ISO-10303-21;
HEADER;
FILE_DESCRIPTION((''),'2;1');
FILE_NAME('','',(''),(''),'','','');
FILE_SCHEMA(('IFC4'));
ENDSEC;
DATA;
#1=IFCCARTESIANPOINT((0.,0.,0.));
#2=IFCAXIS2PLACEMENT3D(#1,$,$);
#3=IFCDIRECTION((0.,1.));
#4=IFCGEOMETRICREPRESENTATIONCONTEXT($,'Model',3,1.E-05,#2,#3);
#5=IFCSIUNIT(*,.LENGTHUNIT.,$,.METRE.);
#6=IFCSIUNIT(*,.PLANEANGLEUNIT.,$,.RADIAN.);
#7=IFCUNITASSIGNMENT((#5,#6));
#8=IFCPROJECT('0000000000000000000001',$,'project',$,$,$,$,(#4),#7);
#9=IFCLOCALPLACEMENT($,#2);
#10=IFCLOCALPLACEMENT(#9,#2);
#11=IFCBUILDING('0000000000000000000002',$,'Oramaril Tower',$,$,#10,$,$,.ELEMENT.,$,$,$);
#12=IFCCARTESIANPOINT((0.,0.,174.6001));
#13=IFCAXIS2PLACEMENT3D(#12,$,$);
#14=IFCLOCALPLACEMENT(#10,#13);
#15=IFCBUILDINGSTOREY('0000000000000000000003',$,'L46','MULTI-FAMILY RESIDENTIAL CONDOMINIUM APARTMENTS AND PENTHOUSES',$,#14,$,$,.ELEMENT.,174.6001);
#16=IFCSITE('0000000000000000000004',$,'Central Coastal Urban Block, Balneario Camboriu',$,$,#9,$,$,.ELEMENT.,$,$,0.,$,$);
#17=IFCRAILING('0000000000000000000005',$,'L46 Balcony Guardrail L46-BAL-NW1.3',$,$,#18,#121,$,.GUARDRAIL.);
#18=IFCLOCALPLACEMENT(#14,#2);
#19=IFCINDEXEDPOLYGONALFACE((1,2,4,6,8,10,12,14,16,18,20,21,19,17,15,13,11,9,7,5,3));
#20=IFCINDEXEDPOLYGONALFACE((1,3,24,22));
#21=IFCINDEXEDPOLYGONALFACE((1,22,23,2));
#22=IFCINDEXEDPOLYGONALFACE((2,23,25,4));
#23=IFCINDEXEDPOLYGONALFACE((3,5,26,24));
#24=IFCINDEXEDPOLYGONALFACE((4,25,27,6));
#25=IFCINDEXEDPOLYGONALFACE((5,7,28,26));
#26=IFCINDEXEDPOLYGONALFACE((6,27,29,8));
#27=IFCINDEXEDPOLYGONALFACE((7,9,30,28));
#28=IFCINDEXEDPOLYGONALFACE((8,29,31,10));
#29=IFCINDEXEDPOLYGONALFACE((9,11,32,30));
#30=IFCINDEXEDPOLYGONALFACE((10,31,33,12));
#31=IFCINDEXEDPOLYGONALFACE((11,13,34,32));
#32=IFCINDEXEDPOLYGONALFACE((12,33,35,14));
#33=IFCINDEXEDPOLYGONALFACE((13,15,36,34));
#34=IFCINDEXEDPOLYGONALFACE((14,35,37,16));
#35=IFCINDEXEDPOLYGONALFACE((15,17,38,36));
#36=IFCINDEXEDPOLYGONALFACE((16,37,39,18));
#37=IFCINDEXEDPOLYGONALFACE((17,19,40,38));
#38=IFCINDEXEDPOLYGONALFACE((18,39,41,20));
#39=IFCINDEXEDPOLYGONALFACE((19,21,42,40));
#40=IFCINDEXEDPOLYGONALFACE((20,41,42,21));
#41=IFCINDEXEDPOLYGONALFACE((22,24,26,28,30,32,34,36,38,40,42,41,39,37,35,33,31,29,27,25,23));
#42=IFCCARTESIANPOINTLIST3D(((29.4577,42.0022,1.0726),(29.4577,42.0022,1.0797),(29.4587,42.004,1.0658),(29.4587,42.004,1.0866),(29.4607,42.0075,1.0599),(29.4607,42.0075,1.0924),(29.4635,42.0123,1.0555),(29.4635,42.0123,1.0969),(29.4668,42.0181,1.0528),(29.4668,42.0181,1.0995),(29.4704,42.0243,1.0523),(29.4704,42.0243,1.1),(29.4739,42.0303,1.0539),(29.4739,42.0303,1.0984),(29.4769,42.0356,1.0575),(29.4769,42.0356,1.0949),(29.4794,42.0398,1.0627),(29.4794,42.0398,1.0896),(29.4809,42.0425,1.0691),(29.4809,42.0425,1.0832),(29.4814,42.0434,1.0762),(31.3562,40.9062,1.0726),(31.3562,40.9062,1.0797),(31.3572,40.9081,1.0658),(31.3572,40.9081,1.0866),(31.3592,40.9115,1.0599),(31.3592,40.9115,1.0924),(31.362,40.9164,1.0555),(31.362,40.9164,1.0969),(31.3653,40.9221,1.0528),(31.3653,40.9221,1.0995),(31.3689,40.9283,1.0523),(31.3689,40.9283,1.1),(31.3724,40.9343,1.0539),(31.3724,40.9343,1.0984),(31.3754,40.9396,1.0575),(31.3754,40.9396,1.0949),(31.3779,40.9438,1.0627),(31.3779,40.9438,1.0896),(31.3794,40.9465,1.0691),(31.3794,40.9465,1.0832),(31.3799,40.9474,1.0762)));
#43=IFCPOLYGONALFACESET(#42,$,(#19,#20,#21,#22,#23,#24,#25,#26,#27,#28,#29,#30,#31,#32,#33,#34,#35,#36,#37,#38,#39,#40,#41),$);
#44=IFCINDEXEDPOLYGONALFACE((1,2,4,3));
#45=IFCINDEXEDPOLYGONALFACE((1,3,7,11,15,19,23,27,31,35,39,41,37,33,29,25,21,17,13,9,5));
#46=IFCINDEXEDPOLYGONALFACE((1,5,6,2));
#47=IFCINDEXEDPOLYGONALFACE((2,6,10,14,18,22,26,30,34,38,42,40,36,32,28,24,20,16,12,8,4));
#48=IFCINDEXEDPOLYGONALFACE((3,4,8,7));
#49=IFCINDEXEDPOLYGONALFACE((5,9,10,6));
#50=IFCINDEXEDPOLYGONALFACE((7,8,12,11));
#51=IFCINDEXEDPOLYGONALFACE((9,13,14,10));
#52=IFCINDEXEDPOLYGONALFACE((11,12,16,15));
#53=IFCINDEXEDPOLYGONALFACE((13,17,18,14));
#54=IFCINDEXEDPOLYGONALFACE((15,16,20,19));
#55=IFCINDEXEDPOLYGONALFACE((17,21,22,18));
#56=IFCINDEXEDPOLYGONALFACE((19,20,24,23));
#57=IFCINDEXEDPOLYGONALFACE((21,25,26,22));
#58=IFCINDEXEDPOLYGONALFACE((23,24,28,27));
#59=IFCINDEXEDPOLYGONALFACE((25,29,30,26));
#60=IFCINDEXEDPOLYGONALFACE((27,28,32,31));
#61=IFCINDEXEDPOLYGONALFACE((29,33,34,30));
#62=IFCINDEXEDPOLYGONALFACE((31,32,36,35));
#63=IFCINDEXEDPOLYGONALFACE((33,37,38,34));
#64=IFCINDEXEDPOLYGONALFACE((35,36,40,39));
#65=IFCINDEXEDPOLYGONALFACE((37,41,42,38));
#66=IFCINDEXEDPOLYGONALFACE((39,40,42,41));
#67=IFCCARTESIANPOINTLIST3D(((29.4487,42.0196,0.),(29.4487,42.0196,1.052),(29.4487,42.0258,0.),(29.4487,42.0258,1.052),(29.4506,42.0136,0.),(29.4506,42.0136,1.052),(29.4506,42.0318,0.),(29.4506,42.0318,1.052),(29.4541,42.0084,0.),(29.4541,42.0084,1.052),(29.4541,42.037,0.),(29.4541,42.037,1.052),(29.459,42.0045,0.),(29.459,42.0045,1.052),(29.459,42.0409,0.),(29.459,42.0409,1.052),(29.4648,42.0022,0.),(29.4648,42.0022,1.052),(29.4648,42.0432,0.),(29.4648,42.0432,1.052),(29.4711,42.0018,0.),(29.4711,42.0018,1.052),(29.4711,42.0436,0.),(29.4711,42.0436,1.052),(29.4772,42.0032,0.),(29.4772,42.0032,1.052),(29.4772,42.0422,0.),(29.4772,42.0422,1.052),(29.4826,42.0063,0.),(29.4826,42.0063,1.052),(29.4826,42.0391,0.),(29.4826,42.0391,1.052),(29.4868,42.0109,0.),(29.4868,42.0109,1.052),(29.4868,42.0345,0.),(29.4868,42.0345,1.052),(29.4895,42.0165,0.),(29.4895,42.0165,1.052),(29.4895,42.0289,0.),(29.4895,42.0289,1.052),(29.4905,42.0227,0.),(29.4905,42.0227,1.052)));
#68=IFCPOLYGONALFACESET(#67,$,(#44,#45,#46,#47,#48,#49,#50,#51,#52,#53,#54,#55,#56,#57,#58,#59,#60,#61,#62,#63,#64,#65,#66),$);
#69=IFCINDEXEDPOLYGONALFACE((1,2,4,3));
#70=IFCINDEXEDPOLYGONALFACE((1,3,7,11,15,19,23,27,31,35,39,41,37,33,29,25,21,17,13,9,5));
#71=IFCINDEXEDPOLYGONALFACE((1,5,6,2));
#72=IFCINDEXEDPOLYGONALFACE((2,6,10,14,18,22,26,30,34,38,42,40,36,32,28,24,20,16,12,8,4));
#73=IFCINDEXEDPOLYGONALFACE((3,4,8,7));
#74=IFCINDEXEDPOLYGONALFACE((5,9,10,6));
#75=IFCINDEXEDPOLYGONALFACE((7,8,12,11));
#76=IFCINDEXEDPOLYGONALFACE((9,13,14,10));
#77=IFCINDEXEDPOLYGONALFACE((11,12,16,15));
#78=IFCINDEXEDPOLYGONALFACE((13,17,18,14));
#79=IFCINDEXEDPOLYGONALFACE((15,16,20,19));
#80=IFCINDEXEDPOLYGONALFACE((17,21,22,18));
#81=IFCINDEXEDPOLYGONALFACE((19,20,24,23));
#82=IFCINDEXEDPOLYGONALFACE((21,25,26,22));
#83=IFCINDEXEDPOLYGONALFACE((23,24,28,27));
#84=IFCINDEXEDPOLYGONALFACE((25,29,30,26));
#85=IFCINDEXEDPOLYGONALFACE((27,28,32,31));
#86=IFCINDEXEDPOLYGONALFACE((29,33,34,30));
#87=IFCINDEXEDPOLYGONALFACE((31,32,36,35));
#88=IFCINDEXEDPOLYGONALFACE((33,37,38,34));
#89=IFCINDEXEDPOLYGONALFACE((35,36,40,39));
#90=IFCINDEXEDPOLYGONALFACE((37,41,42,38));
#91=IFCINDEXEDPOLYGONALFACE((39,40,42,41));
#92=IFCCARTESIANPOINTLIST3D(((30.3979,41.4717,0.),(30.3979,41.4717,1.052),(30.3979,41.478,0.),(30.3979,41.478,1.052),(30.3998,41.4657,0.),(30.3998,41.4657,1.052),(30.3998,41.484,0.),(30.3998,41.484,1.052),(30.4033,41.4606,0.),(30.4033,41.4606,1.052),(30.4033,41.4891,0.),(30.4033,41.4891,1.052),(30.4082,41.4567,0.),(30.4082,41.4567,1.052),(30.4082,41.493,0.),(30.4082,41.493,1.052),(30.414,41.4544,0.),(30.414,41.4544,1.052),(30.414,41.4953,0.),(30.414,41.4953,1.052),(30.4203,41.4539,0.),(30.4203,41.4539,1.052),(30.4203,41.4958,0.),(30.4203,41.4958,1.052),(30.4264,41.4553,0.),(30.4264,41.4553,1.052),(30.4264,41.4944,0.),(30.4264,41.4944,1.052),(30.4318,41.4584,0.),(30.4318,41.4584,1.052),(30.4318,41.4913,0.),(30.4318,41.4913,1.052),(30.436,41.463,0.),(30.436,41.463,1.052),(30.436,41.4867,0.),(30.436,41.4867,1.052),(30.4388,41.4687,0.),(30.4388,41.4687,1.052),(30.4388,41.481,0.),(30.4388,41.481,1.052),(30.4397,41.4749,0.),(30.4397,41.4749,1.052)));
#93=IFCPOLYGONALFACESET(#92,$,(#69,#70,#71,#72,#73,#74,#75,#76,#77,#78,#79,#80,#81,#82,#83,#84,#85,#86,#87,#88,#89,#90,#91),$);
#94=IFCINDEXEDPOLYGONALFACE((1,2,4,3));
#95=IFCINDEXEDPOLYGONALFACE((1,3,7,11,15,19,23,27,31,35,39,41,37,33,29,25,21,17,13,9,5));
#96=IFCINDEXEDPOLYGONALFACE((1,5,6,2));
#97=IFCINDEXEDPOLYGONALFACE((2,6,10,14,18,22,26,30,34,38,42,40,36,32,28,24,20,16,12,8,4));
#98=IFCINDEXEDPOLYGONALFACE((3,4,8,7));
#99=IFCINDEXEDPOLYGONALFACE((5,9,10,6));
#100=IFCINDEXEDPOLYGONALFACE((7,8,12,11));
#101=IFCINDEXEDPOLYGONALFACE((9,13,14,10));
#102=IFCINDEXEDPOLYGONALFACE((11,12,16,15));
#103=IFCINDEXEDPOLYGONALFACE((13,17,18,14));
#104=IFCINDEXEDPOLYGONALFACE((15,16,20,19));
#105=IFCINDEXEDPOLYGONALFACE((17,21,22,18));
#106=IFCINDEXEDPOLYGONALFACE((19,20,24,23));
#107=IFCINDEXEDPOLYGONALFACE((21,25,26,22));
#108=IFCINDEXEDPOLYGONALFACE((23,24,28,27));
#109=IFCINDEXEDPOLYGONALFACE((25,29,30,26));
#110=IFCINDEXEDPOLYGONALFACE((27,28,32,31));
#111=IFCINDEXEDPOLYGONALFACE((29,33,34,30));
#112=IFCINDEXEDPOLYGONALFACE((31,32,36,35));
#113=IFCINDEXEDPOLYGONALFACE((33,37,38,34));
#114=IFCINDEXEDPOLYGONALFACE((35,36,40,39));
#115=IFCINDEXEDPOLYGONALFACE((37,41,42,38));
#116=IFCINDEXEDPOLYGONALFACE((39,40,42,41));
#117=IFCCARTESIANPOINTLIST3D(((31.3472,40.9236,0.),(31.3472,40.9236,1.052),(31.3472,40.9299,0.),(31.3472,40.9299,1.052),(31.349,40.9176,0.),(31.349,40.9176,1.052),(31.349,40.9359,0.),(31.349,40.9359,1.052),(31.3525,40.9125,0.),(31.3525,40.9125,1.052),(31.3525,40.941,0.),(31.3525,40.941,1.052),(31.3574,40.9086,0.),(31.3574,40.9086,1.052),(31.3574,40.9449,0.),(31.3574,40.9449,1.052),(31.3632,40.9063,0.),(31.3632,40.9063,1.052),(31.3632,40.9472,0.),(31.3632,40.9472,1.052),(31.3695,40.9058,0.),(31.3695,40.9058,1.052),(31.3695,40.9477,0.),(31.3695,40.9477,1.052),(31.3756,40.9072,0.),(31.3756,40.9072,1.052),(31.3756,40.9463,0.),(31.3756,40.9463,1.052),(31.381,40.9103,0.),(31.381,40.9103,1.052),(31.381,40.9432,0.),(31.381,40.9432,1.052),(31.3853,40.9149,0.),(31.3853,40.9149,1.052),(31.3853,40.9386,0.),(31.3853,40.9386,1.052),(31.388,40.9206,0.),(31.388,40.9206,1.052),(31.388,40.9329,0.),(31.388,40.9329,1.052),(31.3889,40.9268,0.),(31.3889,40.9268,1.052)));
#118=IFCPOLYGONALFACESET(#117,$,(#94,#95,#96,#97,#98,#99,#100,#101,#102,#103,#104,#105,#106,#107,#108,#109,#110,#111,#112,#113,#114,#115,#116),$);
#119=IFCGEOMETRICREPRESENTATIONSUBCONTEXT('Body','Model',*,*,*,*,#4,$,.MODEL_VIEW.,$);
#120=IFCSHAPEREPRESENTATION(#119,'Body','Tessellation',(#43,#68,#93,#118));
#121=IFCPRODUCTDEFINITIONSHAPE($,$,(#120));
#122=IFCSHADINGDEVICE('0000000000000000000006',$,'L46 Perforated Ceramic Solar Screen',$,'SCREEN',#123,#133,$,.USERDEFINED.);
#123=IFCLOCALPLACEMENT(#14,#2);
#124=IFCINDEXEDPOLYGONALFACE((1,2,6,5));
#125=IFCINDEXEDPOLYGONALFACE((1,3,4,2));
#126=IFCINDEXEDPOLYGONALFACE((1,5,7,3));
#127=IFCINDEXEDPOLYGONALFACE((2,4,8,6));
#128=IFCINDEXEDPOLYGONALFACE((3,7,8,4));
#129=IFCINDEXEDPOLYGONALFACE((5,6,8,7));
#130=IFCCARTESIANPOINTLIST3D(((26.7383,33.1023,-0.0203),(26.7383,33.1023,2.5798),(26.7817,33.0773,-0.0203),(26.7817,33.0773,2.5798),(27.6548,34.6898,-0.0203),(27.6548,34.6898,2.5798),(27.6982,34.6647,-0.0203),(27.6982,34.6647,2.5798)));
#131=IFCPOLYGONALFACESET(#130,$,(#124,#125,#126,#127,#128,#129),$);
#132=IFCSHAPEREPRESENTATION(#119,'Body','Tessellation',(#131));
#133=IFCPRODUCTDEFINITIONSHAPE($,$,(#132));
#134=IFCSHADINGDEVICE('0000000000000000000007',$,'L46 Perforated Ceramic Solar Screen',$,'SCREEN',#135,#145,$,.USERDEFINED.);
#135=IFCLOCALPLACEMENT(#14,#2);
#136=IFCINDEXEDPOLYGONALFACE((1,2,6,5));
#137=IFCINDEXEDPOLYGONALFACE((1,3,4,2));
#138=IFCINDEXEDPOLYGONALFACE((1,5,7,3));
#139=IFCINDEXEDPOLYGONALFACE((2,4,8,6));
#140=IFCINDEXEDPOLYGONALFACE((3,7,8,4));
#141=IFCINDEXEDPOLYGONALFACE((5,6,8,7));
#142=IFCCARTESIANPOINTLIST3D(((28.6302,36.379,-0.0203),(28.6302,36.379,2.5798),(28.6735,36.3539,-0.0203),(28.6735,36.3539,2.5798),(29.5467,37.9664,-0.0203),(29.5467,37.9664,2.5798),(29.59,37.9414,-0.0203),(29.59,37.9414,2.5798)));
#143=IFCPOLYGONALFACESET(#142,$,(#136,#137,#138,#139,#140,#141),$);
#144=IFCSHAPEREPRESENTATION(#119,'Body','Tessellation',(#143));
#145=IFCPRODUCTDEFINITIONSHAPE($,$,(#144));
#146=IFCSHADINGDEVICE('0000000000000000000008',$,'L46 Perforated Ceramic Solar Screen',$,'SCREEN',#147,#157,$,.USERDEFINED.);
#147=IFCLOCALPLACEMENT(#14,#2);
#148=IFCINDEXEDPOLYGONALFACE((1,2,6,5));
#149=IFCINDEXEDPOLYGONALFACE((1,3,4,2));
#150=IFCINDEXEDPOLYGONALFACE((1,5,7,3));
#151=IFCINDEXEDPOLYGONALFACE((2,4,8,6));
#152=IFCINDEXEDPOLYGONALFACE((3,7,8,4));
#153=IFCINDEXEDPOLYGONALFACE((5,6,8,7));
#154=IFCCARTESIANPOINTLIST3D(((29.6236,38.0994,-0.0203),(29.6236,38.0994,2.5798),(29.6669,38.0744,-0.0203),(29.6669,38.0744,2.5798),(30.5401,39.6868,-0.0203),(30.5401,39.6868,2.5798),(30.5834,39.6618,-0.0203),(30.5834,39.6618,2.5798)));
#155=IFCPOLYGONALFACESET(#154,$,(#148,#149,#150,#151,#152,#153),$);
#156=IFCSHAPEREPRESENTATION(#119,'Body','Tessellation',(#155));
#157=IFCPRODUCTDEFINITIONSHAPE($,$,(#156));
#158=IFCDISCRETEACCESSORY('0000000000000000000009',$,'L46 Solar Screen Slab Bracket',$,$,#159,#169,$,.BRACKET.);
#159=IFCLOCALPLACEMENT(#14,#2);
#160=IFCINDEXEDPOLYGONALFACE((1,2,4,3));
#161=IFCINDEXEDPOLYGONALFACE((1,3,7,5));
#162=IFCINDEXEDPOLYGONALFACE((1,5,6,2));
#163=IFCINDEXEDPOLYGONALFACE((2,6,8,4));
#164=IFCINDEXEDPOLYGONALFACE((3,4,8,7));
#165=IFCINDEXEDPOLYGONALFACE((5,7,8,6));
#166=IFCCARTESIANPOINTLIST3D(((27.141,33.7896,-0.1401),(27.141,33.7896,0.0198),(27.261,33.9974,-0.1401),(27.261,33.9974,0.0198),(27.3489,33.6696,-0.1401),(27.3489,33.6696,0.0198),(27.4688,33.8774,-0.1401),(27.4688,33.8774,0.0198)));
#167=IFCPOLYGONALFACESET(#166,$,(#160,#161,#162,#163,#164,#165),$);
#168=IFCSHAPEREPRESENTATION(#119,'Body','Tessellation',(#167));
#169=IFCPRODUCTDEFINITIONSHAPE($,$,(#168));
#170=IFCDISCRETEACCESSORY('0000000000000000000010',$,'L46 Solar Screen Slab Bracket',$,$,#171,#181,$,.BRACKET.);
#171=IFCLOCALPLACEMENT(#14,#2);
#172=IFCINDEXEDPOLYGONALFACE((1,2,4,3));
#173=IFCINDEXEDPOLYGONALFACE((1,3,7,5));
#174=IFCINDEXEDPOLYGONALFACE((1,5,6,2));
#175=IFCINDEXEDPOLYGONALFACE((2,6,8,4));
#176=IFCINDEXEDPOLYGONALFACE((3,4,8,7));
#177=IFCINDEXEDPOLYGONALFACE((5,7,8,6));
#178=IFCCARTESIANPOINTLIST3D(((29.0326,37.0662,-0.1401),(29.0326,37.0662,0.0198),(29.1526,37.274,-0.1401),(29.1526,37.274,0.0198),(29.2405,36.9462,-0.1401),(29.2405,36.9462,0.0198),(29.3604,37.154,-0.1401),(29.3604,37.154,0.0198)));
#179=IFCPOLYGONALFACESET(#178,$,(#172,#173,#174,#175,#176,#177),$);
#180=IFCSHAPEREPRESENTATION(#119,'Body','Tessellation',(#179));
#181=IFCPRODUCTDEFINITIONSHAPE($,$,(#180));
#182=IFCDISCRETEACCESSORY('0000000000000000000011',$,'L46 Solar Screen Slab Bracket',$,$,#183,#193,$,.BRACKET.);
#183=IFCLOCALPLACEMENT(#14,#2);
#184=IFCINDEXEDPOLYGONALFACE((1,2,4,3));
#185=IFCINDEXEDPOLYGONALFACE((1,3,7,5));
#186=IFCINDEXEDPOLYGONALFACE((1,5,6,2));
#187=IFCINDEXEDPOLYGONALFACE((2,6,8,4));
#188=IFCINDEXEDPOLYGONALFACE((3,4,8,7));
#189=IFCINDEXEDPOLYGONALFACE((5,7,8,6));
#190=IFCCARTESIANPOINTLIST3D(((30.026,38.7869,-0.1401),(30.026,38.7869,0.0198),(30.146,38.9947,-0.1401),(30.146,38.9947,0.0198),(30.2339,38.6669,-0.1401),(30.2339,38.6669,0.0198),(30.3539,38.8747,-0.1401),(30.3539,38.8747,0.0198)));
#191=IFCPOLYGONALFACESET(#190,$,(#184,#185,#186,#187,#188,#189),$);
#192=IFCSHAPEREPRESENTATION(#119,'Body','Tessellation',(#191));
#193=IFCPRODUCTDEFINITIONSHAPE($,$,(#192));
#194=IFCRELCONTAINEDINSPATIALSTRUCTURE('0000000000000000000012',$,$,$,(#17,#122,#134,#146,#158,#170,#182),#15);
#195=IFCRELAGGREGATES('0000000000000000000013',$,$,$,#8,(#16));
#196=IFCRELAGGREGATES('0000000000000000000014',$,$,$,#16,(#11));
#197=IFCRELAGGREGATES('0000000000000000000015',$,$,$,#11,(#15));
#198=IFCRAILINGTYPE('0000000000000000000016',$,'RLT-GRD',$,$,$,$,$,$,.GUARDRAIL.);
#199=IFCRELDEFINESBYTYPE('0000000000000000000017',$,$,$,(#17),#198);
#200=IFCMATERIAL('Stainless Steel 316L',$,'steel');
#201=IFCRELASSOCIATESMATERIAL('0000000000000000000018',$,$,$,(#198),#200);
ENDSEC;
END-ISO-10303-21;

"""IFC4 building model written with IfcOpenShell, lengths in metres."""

from ifc_helpers import new_model, si_unit, direction, frame, origin, origin_2d, place, context, subcontext, project, spatial, rectangle, circle, extrude, material, type_object, element, save


model = new_model("IFC4")

# Units and contexts
model_context = context("Model", 3, precision=1e-05, world=origin(), true_north=direction((0.0, 1.0)))
body_context = subcontext(model_context, "Body", "Model", "MODEL_VIEW")
ifc_project = project(units=[si_unit("LENGTHUNIT", "METRE"), si_unit("PLANEANGLEUNIT", "RADIAN")], contexts=[model_context])

# Site, building, storey
site_placement = place(None, origin())
site = spatial("IfcSite", under=ifc_project, at=site_placement, Name="Central Coastal Urban Block, Balneario Camboriu", CompositionType="ELEMENT", RefElevation=0.0)
building_placement = place(site_placement, origin())
building = spatial("IfcBuilding", under=site, at=building_placement, Name="Oramaril Tower", CompositionType="ELEMENT")
storey_placement = place(building_placement, frame((0.0, 0.0, 174.6001)))
storey = spatial("IfcBuildingStorey", under=building, at=storey_placement, Name="L46", Description="MULTI-FAMILY RESIDENTIAL CONDOMINIUM APARTMENTS AND PENTHOUSES", CompositionType="ELEMENT", Elevation=174.6001)

# Railing
ifc_material_1 = material(Name="Stainless Steel 316L", Category="steel")
railing_type = type_object("IfcRailingType", Name="RLT-GRD", PredefinedType="GUARDRAIL", material=ifc_material_1)
railing_1_placement = place(storey_placement, frame((29.4695, 42.0227, 0.0)))
element("IfcRailing", 1, at=railing_1_placement, inside=storey, type_object=railing_type, Name="L46 Balcony Guardrail L46-BAL-NW1.3", PredefinedType="GUARDRAIL", context=body_context, shape_type="SweptSolid", body=[
    extrude(circle(Radius=0.0239, at=origin_2d()), frame((0.0, 0.0, 1.0762), z_axis=(0.866048, -0.49996, 0.0), x_axis=(0.49996, 0.866048, 0.0)), (0.0, 0.0, 1.0), 2.1921),
    extrude(circle(Radius=0.021, at=origin_2d()), origin(), (0.0, 0.0, 1.0), 1.052),
    extrude(circle(Radius=0.021, at=origin_2d()), frame((0.9492, -0.5479, 0.0)), (0.0, 0.0, 1.0), 1.052),
    extrude(circle(Radius=0.021, at=origin_2d()), frame((1.8984, -1.0959, 0.0)), (0.0, 0.0, 1.0), 1.052),
])

# Shading devices
for number, where, z_axis, x_axis, name in (
    (2, (27.2183, 33.8835, -0.0203), (0.0, 0.0, 1.0), (-0.5, -0.866025, 0.0), "L46 Perforated Ceramic Solar Screen"),
    (3, (29.1101, 37.1602, -0.0203), (0.0, 0.0, 1.0), (-0.5, -0.866025, 0.0), "L46 Perforated Ceramic Solar Screen"),
    (4, (30.1035, 38.8806, -0.0203), (0.0, 0.0, 1.0), (-0.5, -0.866025, 0.0), "L46 Perforated Ceramic Solar Screen"),
):
    element("IfcShadingDevice", number, at=place(storey_placement, frame(where, z_axis=z_axis, x_axis=x_axis)), inside=storey, Name=name, ObjectType="SCREEN", PredefinedType="USERDEFINED", context=body_context, shape_type="SweptSolid", body=[
        extrude(rectangle(XDim=1.833, YDim=0.05, at=origin_2d()), origin(), (0.0, 0.0, 1.0), 2.6001),
    ])

# Discrete accessories
for number, where, z_axis, x_axis, name in (
    (5, (27.3049, 33.8335, -0.1401), (0.0, 0.0, 1.0), (-0.5, -0.866025, 0.0), "L46 Solar Screen Slab Bracket"),
    (6, (29.1965, 37.1101, -0.1401), (0.0, 0.0, 1.0), (-0.5, -0.866025, 0.0), "L46 Solar Screen Slab Bracket"),
    (7, (30.1899, 38.8308, -0.1401), (0.0, 0.0, 1.0), (-0.5, -0.866025, 0.0), "L46 Solar Screen Slab Bracket"),
):
    element("IfcDiscreteAccessory", number, at=place(storey_placement, frame(where, z_axis=z_axis, x_axis=x_axis)), inside=storey, Name=name, PredefinedType="BRACKET", context=body_context, shape_type="SweptSolid", body=[
        extrude(rectangle(XDim=0.24, YDim=0.24, at=origin_2d()), origin(), (0.0, 0.0, 1.0), 0.1599),
    ])

save(model, "model.ifc")
